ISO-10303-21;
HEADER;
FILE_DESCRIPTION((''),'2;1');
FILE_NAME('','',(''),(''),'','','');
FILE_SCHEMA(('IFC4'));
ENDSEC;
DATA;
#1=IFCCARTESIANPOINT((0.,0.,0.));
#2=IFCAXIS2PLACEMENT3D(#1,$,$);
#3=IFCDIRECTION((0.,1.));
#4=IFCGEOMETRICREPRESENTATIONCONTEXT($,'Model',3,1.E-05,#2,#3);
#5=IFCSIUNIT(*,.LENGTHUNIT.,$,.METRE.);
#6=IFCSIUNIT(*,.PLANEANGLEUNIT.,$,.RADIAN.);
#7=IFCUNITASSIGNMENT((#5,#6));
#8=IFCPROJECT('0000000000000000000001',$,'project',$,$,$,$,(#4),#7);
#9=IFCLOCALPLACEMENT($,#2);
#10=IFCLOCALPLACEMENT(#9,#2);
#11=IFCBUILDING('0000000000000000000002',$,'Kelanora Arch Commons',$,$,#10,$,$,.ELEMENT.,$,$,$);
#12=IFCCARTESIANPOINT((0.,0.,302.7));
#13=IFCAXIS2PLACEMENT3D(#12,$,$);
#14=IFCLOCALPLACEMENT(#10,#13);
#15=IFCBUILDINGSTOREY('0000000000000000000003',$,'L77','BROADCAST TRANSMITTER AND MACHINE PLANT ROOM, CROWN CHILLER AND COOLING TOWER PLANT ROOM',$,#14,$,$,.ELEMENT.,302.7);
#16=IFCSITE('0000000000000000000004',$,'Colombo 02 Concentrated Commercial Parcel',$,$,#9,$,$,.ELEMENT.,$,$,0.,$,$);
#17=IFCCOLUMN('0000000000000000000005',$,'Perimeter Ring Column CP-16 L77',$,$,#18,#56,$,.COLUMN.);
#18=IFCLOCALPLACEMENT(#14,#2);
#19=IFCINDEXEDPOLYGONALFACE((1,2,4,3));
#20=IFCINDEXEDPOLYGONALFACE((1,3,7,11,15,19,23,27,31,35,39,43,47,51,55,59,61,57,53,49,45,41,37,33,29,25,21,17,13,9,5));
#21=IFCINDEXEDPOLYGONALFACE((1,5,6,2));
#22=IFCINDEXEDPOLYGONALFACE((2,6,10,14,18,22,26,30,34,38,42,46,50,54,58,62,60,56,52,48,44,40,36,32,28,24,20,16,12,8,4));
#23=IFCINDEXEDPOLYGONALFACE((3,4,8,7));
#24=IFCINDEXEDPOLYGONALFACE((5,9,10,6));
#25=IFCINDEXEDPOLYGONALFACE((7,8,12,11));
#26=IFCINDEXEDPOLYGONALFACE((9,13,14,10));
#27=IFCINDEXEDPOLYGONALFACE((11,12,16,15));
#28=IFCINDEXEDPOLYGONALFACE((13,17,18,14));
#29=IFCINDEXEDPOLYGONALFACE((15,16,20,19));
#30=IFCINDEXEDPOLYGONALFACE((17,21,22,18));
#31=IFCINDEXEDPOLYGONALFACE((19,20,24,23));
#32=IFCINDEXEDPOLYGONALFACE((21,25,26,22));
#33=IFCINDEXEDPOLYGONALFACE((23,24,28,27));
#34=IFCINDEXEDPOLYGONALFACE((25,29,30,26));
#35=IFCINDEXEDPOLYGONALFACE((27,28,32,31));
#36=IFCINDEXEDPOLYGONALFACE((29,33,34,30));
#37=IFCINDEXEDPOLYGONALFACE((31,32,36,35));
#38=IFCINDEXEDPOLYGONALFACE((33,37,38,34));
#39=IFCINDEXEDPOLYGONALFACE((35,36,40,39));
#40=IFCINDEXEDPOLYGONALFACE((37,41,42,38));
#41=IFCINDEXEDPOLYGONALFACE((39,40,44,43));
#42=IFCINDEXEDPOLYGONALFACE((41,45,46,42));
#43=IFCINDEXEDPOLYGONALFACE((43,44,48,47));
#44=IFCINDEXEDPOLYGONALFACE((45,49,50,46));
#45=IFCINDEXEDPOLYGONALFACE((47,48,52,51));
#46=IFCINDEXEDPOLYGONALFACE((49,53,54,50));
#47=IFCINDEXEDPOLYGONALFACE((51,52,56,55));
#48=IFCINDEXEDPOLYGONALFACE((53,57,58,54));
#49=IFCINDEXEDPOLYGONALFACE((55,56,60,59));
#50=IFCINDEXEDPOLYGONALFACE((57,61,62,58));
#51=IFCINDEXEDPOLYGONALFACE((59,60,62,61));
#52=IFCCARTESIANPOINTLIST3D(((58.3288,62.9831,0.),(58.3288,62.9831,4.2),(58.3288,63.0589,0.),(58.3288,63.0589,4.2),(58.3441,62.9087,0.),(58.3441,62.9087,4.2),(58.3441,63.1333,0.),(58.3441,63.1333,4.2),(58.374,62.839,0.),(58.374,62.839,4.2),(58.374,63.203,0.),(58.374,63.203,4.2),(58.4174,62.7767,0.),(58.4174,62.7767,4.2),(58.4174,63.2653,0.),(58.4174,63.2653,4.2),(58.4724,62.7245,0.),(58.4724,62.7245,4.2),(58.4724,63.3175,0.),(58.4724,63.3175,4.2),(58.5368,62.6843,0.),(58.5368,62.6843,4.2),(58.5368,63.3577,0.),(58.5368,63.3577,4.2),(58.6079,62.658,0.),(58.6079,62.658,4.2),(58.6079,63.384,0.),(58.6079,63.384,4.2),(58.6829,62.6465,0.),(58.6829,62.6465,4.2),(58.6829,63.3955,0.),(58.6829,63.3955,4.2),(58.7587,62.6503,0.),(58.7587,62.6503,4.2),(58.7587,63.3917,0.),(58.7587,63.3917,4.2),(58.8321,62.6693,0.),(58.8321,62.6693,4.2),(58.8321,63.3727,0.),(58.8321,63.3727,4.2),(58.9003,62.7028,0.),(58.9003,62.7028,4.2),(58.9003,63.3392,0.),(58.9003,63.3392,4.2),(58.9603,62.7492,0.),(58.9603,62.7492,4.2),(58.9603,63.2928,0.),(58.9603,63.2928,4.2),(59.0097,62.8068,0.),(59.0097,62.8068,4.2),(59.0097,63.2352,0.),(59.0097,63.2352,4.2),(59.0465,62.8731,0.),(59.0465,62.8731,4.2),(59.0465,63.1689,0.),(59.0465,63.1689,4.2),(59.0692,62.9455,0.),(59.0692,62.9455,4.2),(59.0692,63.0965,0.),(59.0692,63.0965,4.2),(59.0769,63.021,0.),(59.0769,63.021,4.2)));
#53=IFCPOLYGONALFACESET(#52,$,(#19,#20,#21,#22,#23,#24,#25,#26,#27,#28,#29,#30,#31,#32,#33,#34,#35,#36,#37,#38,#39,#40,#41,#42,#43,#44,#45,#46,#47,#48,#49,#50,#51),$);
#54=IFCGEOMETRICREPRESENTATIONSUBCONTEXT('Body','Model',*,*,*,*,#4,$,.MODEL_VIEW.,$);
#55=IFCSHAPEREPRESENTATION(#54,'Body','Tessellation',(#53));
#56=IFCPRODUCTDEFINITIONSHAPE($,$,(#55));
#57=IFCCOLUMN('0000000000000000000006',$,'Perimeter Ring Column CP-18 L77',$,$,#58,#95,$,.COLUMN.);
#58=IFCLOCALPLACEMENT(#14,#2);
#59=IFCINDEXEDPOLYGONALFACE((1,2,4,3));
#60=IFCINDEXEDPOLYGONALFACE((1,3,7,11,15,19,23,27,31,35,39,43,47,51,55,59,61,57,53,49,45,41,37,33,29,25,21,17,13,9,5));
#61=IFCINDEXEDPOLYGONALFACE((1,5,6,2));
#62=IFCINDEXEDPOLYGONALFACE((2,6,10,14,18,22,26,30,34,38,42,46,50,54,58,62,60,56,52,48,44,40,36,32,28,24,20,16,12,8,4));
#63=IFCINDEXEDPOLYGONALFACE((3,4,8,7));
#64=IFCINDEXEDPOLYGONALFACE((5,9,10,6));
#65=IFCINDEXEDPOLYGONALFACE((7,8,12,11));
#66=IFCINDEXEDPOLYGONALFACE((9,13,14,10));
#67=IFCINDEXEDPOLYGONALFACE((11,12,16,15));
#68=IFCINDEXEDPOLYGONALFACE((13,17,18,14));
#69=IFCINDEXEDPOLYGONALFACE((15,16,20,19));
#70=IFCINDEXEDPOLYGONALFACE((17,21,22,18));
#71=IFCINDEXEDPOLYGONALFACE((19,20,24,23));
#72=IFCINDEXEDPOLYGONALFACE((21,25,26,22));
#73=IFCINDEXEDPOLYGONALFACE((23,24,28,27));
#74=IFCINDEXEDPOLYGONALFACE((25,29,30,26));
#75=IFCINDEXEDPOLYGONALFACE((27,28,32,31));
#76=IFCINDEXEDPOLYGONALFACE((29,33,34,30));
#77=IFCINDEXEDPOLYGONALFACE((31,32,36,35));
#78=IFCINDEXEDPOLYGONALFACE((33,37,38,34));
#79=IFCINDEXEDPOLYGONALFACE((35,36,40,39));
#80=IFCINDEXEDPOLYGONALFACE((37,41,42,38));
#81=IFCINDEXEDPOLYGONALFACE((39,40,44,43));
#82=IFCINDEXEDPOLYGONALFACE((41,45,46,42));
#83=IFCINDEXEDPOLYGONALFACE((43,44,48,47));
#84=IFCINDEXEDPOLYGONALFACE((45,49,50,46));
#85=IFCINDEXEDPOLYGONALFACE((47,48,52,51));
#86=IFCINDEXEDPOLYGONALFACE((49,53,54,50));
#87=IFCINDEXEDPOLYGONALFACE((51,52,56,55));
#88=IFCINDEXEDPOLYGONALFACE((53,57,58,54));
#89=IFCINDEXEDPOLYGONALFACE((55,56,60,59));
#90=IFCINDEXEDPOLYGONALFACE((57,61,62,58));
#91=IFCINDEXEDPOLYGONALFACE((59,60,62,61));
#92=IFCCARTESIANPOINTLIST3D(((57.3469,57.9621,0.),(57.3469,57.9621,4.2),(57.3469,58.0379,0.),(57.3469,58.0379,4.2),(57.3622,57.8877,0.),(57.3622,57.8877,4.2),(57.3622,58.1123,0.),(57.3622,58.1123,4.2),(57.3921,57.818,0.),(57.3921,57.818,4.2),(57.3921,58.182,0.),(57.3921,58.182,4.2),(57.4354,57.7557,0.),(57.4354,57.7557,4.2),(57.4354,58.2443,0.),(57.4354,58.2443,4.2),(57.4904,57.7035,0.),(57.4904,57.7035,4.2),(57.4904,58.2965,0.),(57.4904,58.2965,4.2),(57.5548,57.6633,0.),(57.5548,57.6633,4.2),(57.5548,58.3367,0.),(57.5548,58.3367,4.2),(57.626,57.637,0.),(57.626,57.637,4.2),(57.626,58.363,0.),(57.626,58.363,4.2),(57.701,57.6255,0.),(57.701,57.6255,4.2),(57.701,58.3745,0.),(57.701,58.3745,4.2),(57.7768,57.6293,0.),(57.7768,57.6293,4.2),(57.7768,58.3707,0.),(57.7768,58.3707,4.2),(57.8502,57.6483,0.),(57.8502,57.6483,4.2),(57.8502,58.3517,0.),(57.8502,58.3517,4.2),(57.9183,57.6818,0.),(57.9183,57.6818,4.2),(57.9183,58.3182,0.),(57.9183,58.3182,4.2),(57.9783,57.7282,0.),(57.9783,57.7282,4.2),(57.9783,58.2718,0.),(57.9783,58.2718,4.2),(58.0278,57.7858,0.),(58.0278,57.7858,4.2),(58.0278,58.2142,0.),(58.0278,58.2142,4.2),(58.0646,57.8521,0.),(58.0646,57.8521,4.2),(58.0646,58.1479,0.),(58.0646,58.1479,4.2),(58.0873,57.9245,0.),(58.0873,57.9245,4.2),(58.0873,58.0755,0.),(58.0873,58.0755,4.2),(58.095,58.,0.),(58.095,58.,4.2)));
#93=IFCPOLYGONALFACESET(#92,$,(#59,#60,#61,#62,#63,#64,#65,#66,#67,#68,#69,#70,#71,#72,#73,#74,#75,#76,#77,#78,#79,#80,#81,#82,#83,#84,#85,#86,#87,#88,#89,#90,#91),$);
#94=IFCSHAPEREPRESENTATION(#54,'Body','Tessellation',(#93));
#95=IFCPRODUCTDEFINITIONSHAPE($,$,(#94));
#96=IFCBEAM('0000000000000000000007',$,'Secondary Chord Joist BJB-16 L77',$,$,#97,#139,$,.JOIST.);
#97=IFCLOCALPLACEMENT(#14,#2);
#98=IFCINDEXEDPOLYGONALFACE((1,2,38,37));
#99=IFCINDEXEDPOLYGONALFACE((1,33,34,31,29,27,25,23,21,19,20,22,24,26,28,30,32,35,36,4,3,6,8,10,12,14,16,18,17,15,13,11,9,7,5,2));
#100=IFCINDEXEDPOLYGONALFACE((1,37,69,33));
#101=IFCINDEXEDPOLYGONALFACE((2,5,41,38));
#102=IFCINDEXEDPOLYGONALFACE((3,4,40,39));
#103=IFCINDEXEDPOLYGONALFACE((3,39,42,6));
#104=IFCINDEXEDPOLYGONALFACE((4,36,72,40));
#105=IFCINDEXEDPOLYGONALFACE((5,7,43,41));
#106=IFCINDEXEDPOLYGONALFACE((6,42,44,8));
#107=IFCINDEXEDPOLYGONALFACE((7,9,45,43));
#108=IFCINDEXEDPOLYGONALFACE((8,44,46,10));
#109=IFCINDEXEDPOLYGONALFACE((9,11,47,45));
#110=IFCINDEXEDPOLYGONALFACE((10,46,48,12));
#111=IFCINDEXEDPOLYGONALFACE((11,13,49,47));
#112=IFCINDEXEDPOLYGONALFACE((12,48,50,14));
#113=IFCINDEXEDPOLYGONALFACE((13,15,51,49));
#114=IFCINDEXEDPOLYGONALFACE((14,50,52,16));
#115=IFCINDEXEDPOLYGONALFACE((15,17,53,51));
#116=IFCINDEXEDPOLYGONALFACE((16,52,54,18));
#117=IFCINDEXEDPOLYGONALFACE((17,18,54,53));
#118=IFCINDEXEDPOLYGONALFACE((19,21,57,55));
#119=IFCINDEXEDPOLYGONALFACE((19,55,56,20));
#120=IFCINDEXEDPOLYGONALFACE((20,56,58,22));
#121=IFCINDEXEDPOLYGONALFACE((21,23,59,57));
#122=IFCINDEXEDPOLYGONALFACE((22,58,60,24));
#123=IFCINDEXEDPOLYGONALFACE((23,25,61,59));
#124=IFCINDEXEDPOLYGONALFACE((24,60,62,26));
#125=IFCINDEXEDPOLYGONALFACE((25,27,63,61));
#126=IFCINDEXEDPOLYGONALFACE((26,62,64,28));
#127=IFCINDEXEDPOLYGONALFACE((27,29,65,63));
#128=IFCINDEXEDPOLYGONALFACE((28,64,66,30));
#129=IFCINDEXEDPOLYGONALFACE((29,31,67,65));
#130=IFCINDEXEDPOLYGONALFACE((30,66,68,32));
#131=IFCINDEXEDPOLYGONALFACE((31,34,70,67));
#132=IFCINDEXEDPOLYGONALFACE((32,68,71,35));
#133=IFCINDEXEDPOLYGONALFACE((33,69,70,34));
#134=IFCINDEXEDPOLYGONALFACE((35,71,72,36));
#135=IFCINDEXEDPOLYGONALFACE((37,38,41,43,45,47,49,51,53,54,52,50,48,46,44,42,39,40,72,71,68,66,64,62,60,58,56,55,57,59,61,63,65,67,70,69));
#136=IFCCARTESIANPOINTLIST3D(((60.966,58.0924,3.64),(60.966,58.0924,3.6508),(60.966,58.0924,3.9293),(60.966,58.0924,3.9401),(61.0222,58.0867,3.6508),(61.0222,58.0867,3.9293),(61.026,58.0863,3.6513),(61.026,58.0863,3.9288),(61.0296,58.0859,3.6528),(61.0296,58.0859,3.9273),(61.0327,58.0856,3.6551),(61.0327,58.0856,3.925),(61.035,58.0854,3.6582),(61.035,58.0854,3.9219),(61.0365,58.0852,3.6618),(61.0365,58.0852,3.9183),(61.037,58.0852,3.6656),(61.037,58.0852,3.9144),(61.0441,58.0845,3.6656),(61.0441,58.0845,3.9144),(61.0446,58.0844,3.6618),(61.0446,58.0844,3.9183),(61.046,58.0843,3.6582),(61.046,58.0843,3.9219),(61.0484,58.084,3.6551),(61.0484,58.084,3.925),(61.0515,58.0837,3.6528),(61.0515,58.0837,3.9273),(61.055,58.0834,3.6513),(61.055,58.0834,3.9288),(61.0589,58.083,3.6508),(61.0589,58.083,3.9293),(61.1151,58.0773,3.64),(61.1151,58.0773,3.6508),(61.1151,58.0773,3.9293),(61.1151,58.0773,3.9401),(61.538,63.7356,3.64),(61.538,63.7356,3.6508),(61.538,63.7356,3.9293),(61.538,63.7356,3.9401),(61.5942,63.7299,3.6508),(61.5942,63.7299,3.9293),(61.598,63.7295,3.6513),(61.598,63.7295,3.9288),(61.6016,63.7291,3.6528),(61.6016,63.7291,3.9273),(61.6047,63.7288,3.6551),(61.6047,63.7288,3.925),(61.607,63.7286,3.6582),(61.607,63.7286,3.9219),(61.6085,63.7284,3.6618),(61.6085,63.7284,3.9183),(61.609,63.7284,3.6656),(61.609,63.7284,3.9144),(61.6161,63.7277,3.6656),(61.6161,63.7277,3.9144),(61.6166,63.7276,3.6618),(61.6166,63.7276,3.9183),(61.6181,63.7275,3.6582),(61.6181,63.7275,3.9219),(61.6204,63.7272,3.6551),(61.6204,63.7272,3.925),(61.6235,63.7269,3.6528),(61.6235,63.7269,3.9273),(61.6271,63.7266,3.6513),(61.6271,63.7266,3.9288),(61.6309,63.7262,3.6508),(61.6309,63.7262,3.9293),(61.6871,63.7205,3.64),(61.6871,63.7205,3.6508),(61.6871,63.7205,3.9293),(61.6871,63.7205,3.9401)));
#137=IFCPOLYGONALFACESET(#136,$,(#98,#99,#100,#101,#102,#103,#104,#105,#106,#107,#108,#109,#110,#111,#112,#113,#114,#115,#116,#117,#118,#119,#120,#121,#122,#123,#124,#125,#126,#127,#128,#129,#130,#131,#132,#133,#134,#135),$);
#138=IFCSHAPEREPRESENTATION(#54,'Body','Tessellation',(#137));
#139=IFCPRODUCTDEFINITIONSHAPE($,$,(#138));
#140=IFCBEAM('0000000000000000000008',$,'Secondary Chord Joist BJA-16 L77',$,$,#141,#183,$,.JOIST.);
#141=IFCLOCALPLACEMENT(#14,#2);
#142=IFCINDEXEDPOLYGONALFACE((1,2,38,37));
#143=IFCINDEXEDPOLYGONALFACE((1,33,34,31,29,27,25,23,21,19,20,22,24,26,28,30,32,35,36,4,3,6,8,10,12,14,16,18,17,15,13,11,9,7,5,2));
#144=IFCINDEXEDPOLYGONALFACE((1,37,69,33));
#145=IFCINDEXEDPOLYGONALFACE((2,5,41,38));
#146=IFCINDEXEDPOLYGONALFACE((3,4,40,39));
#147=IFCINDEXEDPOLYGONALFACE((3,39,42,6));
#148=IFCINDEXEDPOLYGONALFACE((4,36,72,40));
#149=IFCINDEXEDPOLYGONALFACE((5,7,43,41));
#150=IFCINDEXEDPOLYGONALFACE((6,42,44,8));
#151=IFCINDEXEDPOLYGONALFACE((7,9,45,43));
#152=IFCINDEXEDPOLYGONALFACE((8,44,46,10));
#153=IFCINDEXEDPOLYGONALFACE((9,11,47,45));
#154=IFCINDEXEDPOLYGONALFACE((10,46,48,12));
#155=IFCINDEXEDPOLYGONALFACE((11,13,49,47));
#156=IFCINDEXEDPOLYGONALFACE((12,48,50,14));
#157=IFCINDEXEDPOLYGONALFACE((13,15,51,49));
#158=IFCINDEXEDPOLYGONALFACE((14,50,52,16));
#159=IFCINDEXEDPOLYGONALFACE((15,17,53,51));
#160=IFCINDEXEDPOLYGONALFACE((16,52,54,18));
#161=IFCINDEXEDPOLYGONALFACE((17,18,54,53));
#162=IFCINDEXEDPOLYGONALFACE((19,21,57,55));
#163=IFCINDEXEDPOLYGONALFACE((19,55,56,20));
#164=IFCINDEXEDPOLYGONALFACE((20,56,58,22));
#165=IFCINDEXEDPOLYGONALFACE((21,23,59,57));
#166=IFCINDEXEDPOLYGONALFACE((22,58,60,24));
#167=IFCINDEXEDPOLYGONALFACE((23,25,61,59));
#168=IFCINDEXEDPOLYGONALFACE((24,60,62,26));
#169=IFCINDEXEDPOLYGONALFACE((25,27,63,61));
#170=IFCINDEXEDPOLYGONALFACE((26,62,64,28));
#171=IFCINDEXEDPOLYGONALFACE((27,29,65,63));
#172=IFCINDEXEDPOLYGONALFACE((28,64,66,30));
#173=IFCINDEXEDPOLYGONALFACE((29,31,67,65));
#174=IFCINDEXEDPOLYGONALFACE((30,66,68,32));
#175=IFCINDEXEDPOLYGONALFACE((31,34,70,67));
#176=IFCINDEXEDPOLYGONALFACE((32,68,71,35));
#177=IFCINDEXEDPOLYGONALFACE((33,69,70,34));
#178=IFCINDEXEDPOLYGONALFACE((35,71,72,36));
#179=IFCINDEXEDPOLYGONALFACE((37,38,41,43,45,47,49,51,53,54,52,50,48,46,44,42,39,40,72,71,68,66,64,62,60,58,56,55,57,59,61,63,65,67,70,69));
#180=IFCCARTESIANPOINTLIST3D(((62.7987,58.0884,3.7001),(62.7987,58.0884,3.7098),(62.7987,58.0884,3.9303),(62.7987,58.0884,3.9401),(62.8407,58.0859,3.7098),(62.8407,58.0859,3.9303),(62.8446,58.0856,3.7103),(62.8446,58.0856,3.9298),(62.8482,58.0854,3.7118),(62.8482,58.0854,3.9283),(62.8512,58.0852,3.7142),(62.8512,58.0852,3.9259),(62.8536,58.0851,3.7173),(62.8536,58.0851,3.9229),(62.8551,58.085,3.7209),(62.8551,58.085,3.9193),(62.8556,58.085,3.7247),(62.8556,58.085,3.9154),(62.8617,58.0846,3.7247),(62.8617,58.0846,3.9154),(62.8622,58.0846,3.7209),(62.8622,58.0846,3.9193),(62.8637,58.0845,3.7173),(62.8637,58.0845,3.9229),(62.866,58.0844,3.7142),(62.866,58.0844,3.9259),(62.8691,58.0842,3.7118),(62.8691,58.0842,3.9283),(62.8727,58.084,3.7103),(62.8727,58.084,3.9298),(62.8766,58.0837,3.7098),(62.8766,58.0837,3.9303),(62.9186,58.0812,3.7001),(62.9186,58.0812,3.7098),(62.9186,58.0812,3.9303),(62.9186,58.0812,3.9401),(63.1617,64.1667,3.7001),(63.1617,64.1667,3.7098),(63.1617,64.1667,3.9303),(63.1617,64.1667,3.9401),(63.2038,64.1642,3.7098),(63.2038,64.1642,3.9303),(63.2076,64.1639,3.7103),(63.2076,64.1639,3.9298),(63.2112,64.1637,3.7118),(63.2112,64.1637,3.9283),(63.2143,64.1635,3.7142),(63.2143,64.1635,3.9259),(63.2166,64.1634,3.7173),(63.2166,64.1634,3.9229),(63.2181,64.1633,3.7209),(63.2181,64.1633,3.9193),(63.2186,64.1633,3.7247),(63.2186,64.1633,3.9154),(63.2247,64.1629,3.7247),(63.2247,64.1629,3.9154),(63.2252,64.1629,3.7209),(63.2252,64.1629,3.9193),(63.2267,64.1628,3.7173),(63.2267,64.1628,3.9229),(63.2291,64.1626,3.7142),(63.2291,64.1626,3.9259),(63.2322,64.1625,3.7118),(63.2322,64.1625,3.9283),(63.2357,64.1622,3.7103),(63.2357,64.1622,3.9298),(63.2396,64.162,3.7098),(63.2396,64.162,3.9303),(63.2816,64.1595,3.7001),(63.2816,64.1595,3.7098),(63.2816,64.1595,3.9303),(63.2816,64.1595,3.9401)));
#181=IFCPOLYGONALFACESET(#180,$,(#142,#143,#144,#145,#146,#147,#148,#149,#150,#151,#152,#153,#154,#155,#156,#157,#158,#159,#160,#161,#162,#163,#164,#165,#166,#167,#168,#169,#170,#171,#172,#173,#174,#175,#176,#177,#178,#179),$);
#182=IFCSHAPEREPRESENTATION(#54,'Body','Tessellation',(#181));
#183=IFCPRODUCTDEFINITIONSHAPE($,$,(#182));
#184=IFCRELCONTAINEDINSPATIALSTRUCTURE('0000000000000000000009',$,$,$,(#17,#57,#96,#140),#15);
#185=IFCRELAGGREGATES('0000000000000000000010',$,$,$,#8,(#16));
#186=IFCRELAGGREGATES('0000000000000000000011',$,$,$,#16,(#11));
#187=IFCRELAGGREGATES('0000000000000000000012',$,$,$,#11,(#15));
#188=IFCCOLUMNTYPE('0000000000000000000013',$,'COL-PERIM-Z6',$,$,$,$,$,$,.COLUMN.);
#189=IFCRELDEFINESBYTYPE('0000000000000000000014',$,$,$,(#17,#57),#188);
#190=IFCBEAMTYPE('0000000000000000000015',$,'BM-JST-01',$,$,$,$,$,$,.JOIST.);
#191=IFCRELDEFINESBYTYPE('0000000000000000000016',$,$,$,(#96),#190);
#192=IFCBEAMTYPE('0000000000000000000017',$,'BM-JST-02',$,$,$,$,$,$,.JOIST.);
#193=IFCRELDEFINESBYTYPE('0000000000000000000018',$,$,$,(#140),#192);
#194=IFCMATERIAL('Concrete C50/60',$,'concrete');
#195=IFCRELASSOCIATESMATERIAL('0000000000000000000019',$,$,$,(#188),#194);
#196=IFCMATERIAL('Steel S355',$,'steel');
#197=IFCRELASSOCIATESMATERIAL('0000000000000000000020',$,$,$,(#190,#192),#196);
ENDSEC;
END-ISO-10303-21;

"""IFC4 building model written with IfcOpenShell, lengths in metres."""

from ifc_helpers import new_model, si_unit, direction, frame, origin, origin_2d, place, context, subcontext, project, spatial, circle, i_section, extrude, material, material_profile, profile_set, type_object, element, save


model = new_model("IFC4")

# Units and contexts
model_context = context("Model", 3, precision=1e-05, world=origin(), true_north=direction((0.0, 1.0)))
body_context = subcontext(model_context, "Body", "Model", "MODEL_VIEW")
ifc_project = project(units=[si_unit("LENGTHUNIT", "METRE"), si_unit("PLANEANGLEUNIT", "RADIAN")], contexts=[model_context])

# Site, building, storey
site_placement = place(None, origin())
site = spatial("IfcSite", under=ifc_project, at=site_placement, Name="Colombo 02 Concentrated Commercial Parcel", CompositionType="ELEMENT", RefElevation=0.0)
building_placement = place(site_placement, origin())
building = spatial("IfcBuilding", under=site, at=building_placement, Name="Kelanora Arch Commons", CompositionType="ELEMENT")
storey_placement = place(building_placement, frame((0.0, 0.0, 302.7)))
storey = spatial("IfcBuildingStorey", under=building, at=storey_placement, Name="L77", Description="BROADCAST TRANSMITTER AND MACHINE PLANT ROOM, CROWN CHILLER AND COOLING TOWER PLANT ROOM", CompositionType="ELEMENT", Elevation=302.7)

# Columns
ifc_material_1 = material(Name="Concrete C50/60", Category="concrete")
ifc_material_profile_1 = material_profile(ifc_material_1, circle(Radius=0.375, at=origin_2d()), Name="RCC750")
ifc_profile_set_1 = profile_set([ifc_material_profile_1], Name="Concrete C50/60")
column_type = type_object("IfcColumnType", Name="COL-PERIM-Z6", PredefinedType="COLUMN", material=ifc_profile_set_1)
for number, where, z_axis, x_axis, name in (
    (1, (58.7019, 63.021, 0.0), (0.0, 0.0, 1.0), (1.0, 0.0, 0.0), "Perimeter Ring Column CP-16 L77"),
    (2, (57.72, 58.0, 0.0), (0.0, 0.0, 1.0), (1.0, 0.0, 0.0), "Perimeter Ring Column CP-18 L77"),
):
    element("IfcColumn", number, at=place(storey_placement, frame(where, z_axis=z_axis, x_axis=x_axis)), inside=storey, type_object=column_type, Name=name, PredefinedType="COLUMN", context=body_context, shape_type="SweptSolid", body=[
        extrude(circle(Radius=0.375, at=origin_2d()), origin(), (0.0, 0.0, 1.0), 4.2),
    ])

# Beams
ifc_material_2 = material(Name="Steel S355", Category="steel")
ifc_material_profile_2 = material_profile(ifc_material_2, i_section(OverallWidth=0.1499, OverallDepth=0.3, WebThickness=0.0071, FlangeThickness=0.0107, FilletRadius=0.0149, at=origin_2d()), Name="IPE300")
ifc_profile_set_2 = profile_set([ifc_material_profile_2], Name="Steel S355")
beam_type_1 = type_object("IfcBeamType", Name="BM-JST-01", PredefinedType="JOIST", material=ifc_profile_set_2)
beam_1_placement = place(storey_placement, frame((61.6125, 63.728, 3.79), z_axis=(-0.100846, -0.994902, 0.0), x_axis=(0.994902, -0.100846, 0.0)))
element("IfcBeam", 3, at=beam_1_placement, inside=storey, type_object=beam_type_1, Name="Secondary Chord Joist BJB-16 L77", PredefinedType="JOIST", context=body_context, shape_type="SweptSolid", body=[
    extrude(i_section(OverallWidth=0.1499, OverallDepth=0.3, WebThickness=0.0071, FlangeThickness=0.0107, FilletRadius=0.0149, at=origin_2d()), origin(), (0.0, 0.0, 1.0), 5.6721),
])
ifc_material_profile_3 = material_profile(ifc_material_2, i_section(OverallWidth=0.1201, OverallDepth=0.24, WebThickness=0.0061, FlangeThickness=0.0098, FilletRadius=0.0149, at=origin_2d()), Name="IPE240")
ifc_profile_set_3 = profile_set([ifc_material_profile_3], Name="Steel S355")
beam_type_2 = type_object("IfcBeamType", Name="BM-JST-02", PredefinedType="JOIST", material=ifc_profile_set_3)
beam_2_placement = place(storey_placement, frame((63.2217, 64.1631, 3.8201), z_axis=(-0.05962, -0.998221, 0.0), x_axis=(0.998221, -0.05962, 0.0)))
element("IfcBeam", 4, at=beam_2_placement, inside=storey, type_object=beam_type_2, Name="Secondary Chord Joist BJA-16 L77", PredefinedType="JOIST", context=body_context, shape_type="SweptSolid", body=[
    extrude(i_section(OverallWidth=0.1201, OverallDepth=0.24, WebThickness=0.0061, FlangeThickness=0.0098, FilletRadius=0.0149, at=origin_2d()), origin(), (0.0, 0.0, 1.0), 6.0891),
])

save(model, "model.ifc")
